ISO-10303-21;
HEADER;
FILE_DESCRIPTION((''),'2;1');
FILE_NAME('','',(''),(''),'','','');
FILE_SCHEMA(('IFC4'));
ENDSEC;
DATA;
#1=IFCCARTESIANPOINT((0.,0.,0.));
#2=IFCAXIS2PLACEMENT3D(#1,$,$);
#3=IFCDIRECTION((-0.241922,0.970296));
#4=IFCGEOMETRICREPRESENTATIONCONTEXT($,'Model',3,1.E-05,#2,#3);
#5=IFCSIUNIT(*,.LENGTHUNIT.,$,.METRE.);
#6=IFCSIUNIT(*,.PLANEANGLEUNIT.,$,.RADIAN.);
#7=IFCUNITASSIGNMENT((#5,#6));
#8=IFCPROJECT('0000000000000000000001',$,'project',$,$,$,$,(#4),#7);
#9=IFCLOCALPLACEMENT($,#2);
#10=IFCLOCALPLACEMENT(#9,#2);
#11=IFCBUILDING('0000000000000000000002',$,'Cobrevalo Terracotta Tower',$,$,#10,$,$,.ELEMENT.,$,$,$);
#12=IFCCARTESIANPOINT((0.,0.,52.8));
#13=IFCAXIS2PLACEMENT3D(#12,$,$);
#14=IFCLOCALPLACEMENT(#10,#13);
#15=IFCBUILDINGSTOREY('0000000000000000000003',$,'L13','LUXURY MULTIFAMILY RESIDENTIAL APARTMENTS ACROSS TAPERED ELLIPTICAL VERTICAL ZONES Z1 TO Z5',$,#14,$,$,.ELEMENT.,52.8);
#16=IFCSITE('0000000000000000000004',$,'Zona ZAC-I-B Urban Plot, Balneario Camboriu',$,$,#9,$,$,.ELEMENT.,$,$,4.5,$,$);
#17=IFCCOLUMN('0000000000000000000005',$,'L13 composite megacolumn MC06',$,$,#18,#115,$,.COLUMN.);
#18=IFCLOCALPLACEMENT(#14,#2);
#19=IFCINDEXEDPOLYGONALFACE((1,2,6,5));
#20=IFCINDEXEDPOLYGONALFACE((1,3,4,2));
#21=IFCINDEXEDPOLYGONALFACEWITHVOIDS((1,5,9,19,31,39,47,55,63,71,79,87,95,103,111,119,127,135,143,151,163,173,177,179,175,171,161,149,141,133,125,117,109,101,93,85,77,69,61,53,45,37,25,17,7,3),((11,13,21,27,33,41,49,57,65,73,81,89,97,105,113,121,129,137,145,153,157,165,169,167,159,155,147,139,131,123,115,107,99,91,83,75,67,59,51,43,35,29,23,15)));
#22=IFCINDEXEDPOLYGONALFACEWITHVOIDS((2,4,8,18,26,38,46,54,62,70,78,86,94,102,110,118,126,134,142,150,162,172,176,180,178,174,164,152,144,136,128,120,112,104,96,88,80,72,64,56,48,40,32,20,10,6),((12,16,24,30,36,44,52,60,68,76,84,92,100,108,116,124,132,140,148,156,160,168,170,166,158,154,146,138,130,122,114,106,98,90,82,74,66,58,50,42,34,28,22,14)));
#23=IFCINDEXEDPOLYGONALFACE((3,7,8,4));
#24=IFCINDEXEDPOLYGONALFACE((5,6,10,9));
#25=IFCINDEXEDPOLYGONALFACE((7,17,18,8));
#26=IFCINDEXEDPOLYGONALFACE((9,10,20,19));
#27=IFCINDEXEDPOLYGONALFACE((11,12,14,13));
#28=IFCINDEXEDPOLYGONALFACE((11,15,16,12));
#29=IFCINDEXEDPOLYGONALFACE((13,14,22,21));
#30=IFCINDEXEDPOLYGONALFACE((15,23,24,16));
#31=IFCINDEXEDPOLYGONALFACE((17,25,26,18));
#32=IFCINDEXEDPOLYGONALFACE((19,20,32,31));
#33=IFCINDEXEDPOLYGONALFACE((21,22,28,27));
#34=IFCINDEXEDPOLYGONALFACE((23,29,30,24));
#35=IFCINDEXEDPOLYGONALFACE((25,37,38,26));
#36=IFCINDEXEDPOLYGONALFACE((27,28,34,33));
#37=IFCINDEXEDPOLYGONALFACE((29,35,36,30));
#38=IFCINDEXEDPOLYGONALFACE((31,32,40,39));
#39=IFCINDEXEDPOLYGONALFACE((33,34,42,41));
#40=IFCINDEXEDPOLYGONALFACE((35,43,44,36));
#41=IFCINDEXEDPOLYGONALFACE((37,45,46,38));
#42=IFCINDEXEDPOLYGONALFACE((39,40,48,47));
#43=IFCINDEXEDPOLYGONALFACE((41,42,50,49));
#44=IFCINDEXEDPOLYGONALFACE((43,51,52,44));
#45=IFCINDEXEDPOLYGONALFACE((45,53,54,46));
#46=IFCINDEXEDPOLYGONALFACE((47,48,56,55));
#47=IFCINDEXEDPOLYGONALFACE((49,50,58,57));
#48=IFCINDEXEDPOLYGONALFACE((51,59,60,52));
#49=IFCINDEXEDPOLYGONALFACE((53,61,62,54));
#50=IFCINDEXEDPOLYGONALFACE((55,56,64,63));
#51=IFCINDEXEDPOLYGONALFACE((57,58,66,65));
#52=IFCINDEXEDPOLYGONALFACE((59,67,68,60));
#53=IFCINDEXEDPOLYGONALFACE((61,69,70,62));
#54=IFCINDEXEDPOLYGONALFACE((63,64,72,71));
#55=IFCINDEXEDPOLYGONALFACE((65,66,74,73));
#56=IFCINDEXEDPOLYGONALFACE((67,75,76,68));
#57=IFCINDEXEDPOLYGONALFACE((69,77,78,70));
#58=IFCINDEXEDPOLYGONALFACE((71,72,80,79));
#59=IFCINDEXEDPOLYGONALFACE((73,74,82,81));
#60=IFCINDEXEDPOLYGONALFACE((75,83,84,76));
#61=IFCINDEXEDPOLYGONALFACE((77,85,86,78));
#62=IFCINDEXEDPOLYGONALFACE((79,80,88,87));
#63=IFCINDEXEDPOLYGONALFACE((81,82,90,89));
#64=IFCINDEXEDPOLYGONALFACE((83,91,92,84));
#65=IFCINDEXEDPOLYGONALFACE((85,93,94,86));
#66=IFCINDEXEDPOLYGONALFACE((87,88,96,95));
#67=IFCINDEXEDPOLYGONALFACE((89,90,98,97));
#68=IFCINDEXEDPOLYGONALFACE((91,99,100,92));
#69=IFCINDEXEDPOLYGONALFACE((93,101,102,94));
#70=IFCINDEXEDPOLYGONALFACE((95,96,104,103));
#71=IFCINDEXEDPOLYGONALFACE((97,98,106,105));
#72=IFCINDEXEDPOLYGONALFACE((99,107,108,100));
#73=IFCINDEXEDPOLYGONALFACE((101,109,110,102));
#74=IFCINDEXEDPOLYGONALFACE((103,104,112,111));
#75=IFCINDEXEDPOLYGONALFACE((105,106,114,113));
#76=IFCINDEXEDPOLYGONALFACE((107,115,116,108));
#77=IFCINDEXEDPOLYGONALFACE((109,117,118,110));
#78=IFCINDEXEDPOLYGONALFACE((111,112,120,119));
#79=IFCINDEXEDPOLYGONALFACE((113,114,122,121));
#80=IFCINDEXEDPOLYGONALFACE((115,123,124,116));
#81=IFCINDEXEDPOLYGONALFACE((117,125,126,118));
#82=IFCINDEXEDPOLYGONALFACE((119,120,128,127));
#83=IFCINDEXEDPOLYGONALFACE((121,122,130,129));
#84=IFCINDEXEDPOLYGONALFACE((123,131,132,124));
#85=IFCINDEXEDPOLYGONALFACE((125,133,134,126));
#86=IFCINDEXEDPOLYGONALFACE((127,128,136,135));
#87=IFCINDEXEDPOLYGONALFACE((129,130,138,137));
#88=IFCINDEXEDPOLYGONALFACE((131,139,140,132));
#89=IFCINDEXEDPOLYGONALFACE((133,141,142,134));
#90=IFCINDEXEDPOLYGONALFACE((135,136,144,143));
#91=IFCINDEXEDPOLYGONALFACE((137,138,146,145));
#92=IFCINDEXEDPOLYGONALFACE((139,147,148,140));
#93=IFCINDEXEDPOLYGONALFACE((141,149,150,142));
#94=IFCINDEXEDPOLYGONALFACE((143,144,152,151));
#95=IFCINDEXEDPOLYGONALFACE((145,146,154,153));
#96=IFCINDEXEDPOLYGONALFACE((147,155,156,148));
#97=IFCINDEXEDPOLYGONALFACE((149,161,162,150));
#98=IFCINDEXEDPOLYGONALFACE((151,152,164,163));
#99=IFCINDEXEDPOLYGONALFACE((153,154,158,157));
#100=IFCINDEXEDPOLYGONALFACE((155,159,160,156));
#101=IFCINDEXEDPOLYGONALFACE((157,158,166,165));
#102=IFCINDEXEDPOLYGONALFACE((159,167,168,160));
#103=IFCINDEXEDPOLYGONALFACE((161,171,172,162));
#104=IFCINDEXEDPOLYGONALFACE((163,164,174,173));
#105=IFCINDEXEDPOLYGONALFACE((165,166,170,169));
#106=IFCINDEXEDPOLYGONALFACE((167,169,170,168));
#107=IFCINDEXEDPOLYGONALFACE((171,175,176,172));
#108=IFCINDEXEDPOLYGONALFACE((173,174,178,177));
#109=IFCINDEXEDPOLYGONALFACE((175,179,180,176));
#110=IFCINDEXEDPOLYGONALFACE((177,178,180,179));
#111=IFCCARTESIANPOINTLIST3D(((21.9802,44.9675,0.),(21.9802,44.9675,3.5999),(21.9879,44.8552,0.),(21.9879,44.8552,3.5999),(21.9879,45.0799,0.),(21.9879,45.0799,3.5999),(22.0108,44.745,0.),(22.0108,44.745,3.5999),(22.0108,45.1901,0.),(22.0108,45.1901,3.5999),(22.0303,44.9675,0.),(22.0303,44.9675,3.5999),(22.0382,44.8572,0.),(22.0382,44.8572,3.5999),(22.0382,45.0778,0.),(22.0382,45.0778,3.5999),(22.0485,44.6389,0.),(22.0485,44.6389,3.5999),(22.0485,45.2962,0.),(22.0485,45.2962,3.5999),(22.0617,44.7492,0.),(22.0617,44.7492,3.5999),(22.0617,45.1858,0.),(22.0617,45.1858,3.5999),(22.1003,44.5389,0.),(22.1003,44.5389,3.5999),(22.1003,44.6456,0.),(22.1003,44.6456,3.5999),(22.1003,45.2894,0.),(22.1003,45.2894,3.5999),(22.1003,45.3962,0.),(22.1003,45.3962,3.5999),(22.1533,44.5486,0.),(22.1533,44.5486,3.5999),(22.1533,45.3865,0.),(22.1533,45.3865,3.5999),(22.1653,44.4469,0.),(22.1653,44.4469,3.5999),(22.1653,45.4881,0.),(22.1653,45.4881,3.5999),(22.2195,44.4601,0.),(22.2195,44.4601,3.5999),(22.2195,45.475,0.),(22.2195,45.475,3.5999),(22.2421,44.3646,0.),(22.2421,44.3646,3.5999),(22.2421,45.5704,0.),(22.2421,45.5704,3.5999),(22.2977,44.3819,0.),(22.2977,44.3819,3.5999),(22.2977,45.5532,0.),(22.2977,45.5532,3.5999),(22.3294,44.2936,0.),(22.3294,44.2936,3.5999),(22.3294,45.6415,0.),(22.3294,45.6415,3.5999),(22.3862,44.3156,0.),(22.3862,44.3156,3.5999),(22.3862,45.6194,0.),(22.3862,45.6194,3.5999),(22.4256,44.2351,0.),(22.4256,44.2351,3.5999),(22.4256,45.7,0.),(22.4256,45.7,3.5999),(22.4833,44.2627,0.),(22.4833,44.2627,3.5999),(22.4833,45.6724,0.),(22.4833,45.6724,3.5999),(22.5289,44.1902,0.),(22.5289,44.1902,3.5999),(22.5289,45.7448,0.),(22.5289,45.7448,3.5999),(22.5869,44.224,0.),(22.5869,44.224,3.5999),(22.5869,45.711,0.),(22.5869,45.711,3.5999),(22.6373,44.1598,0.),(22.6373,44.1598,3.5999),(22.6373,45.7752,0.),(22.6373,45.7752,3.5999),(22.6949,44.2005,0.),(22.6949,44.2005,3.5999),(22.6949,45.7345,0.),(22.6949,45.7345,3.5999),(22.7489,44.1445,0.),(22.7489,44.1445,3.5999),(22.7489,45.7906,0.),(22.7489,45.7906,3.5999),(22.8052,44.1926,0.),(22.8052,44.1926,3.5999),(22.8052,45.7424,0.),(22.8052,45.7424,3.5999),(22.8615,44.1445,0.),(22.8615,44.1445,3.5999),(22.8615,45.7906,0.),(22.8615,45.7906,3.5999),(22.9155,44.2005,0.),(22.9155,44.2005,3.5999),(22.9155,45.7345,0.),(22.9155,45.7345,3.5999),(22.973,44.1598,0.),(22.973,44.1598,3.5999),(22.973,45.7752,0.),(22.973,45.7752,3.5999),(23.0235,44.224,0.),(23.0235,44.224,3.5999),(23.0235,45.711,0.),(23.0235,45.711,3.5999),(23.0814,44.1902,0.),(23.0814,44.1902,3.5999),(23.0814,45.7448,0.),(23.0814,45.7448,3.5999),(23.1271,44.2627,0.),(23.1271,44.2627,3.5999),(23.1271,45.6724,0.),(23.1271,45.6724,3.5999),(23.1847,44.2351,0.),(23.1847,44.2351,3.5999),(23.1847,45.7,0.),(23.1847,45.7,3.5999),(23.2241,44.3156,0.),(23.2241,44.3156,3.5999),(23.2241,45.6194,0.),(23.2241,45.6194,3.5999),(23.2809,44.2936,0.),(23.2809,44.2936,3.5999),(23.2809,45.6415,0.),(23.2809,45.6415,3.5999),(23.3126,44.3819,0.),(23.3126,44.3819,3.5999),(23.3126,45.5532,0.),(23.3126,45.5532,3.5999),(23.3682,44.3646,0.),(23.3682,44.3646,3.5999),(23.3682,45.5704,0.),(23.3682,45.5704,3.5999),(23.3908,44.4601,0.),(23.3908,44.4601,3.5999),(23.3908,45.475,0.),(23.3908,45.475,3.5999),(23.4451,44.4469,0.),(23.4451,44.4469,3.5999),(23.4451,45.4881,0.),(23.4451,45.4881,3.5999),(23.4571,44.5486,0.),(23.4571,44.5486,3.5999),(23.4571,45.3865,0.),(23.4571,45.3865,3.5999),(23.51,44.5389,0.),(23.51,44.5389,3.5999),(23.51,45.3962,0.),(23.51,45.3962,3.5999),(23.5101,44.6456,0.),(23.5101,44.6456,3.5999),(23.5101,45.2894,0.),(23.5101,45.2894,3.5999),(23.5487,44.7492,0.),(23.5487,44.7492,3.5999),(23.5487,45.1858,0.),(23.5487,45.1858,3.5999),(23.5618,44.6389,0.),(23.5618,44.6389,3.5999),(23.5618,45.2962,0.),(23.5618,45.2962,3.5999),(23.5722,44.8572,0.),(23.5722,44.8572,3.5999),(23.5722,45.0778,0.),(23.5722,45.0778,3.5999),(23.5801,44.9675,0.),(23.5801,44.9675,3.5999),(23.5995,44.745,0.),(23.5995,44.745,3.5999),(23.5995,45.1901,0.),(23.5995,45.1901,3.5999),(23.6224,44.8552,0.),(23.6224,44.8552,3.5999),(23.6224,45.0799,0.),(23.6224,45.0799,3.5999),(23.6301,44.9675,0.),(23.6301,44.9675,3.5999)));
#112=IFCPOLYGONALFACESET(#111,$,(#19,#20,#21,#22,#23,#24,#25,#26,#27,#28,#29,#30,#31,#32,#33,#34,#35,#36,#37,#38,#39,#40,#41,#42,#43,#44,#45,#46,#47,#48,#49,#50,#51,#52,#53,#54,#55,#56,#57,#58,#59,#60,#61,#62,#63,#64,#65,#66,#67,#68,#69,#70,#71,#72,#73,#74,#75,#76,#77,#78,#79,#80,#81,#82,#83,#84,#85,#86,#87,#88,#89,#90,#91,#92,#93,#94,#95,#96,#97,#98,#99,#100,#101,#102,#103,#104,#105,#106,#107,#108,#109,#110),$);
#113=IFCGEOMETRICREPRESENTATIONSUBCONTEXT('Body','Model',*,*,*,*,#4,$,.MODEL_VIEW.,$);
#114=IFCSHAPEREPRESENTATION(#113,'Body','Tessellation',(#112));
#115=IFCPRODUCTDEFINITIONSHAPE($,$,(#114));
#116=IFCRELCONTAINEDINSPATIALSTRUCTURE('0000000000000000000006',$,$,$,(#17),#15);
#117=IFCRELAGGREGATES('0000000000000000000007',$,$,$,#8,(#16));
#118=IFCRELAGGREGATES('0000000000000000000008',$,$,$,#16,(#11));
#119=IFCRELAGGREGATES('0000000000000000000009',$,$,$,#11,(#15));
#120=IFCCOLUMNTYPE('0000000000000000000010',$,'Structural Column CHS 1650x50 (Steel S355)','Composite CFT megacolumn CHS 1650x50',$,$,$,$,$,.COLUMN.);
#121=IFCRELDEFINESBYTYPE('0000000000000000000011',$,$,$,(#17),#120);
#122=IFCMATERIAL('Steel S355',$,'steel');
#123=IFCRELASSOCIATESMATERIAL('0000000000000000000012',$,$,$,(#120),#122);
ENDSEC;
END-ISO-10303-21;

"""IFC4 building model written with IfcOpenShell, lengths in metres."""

from ifc_helpers import new_model, si_unit, direction, frame, origin, origin_2d, place, context, subcontext, project, spatial, hollow_circle, extrude, material, material_profile, profile_set, type_object, element, save


model = new_model("IFC4")

# Units and contexts
model_context = context("Model", 3, precision=1e-05, world=origin(), true_north=direction((-0.241922, 0.970296)))
body_context = subcontext(model_context, "Body", "Model", "MODEL_VIEW")
ifc_project = project(units=[si_unit("LENGTHUNIT", "METRE"), si_unit("PLANEANGLEUNIT", "RADIAN")], contexts=[model_context])

# Site, building, storey
site_placement = place(None, origin())
site = spatial("IfcSite", under=ifc_project, at=site_placement, Name="Zona ZAC-I-B Urban Plot, Balneario Camboriu", CompositionType="ELEMENT", RefElevation=4.5)
building_placement = place(site_placement, origin())
building = spatial("IfcBuilding", under=site, at=building_placement, Name="Cobrevalo Terracotta Tower", CompositionType="ELEMENT")
storey_placement = place(building_placement, frame((0.0, 0.0, 52.8)))
storey = spatial("IfcBuildingStorey", under=building, at=storey_placement, Name="L13", Description="LUXURY MULTIFAMILY RESIDENTIAL APARTMENTS ACROSS TAPERED ELLIPTICAL VERTICAL ZONES Z1 TO Z5", CompositionType="ELEMENT", Elevation=52.8)

# Column
ifc_material_1 = material(Name="Steel S355", Category="steel")
ifc_material_profile_1 = material_profile(ifc_material_1, hollow_circle(Radius=0.825, WallThickness=0.05, at=origin_2d()), Name="CHS 1650x50")
ifc_profile_set_1 = profile_set([ifc_material_profile_1], Name="Steel S355")
column_type = type_object("IfcColumnType", Name="Structural Column CHS 1650x50 (Steel S355)", Description="Composite CFT megacolumn CHS 1650x50", PredefinedType="COLUMN", material=ifc_profile_set_1)
for number, where, z_axis, x_axis, name in (
    (1, (22.8052, 44.9675, 0.0), (0.0, 0.0, 1.0), (1.0, 0.0, 0.0), "L13 composite megacolumn MC06"),
):
    element("IfcColumn", number, at=place(storey_placement, frame(where, z_axis=z_axis, x_axis=x_axis)), inside=storey, type_object=column_type, Name=name, PredefinedType="COLUMN", context=body_context, shape_type="SweptSolid", body=[
        extrude(hollow_circle(Radius=0.825, WallThickness=0.05, at=origin_2d()), origin(), (0.0, 0.0, 1.0), 3.5999),
    ])

save(model, "model.ifc")
